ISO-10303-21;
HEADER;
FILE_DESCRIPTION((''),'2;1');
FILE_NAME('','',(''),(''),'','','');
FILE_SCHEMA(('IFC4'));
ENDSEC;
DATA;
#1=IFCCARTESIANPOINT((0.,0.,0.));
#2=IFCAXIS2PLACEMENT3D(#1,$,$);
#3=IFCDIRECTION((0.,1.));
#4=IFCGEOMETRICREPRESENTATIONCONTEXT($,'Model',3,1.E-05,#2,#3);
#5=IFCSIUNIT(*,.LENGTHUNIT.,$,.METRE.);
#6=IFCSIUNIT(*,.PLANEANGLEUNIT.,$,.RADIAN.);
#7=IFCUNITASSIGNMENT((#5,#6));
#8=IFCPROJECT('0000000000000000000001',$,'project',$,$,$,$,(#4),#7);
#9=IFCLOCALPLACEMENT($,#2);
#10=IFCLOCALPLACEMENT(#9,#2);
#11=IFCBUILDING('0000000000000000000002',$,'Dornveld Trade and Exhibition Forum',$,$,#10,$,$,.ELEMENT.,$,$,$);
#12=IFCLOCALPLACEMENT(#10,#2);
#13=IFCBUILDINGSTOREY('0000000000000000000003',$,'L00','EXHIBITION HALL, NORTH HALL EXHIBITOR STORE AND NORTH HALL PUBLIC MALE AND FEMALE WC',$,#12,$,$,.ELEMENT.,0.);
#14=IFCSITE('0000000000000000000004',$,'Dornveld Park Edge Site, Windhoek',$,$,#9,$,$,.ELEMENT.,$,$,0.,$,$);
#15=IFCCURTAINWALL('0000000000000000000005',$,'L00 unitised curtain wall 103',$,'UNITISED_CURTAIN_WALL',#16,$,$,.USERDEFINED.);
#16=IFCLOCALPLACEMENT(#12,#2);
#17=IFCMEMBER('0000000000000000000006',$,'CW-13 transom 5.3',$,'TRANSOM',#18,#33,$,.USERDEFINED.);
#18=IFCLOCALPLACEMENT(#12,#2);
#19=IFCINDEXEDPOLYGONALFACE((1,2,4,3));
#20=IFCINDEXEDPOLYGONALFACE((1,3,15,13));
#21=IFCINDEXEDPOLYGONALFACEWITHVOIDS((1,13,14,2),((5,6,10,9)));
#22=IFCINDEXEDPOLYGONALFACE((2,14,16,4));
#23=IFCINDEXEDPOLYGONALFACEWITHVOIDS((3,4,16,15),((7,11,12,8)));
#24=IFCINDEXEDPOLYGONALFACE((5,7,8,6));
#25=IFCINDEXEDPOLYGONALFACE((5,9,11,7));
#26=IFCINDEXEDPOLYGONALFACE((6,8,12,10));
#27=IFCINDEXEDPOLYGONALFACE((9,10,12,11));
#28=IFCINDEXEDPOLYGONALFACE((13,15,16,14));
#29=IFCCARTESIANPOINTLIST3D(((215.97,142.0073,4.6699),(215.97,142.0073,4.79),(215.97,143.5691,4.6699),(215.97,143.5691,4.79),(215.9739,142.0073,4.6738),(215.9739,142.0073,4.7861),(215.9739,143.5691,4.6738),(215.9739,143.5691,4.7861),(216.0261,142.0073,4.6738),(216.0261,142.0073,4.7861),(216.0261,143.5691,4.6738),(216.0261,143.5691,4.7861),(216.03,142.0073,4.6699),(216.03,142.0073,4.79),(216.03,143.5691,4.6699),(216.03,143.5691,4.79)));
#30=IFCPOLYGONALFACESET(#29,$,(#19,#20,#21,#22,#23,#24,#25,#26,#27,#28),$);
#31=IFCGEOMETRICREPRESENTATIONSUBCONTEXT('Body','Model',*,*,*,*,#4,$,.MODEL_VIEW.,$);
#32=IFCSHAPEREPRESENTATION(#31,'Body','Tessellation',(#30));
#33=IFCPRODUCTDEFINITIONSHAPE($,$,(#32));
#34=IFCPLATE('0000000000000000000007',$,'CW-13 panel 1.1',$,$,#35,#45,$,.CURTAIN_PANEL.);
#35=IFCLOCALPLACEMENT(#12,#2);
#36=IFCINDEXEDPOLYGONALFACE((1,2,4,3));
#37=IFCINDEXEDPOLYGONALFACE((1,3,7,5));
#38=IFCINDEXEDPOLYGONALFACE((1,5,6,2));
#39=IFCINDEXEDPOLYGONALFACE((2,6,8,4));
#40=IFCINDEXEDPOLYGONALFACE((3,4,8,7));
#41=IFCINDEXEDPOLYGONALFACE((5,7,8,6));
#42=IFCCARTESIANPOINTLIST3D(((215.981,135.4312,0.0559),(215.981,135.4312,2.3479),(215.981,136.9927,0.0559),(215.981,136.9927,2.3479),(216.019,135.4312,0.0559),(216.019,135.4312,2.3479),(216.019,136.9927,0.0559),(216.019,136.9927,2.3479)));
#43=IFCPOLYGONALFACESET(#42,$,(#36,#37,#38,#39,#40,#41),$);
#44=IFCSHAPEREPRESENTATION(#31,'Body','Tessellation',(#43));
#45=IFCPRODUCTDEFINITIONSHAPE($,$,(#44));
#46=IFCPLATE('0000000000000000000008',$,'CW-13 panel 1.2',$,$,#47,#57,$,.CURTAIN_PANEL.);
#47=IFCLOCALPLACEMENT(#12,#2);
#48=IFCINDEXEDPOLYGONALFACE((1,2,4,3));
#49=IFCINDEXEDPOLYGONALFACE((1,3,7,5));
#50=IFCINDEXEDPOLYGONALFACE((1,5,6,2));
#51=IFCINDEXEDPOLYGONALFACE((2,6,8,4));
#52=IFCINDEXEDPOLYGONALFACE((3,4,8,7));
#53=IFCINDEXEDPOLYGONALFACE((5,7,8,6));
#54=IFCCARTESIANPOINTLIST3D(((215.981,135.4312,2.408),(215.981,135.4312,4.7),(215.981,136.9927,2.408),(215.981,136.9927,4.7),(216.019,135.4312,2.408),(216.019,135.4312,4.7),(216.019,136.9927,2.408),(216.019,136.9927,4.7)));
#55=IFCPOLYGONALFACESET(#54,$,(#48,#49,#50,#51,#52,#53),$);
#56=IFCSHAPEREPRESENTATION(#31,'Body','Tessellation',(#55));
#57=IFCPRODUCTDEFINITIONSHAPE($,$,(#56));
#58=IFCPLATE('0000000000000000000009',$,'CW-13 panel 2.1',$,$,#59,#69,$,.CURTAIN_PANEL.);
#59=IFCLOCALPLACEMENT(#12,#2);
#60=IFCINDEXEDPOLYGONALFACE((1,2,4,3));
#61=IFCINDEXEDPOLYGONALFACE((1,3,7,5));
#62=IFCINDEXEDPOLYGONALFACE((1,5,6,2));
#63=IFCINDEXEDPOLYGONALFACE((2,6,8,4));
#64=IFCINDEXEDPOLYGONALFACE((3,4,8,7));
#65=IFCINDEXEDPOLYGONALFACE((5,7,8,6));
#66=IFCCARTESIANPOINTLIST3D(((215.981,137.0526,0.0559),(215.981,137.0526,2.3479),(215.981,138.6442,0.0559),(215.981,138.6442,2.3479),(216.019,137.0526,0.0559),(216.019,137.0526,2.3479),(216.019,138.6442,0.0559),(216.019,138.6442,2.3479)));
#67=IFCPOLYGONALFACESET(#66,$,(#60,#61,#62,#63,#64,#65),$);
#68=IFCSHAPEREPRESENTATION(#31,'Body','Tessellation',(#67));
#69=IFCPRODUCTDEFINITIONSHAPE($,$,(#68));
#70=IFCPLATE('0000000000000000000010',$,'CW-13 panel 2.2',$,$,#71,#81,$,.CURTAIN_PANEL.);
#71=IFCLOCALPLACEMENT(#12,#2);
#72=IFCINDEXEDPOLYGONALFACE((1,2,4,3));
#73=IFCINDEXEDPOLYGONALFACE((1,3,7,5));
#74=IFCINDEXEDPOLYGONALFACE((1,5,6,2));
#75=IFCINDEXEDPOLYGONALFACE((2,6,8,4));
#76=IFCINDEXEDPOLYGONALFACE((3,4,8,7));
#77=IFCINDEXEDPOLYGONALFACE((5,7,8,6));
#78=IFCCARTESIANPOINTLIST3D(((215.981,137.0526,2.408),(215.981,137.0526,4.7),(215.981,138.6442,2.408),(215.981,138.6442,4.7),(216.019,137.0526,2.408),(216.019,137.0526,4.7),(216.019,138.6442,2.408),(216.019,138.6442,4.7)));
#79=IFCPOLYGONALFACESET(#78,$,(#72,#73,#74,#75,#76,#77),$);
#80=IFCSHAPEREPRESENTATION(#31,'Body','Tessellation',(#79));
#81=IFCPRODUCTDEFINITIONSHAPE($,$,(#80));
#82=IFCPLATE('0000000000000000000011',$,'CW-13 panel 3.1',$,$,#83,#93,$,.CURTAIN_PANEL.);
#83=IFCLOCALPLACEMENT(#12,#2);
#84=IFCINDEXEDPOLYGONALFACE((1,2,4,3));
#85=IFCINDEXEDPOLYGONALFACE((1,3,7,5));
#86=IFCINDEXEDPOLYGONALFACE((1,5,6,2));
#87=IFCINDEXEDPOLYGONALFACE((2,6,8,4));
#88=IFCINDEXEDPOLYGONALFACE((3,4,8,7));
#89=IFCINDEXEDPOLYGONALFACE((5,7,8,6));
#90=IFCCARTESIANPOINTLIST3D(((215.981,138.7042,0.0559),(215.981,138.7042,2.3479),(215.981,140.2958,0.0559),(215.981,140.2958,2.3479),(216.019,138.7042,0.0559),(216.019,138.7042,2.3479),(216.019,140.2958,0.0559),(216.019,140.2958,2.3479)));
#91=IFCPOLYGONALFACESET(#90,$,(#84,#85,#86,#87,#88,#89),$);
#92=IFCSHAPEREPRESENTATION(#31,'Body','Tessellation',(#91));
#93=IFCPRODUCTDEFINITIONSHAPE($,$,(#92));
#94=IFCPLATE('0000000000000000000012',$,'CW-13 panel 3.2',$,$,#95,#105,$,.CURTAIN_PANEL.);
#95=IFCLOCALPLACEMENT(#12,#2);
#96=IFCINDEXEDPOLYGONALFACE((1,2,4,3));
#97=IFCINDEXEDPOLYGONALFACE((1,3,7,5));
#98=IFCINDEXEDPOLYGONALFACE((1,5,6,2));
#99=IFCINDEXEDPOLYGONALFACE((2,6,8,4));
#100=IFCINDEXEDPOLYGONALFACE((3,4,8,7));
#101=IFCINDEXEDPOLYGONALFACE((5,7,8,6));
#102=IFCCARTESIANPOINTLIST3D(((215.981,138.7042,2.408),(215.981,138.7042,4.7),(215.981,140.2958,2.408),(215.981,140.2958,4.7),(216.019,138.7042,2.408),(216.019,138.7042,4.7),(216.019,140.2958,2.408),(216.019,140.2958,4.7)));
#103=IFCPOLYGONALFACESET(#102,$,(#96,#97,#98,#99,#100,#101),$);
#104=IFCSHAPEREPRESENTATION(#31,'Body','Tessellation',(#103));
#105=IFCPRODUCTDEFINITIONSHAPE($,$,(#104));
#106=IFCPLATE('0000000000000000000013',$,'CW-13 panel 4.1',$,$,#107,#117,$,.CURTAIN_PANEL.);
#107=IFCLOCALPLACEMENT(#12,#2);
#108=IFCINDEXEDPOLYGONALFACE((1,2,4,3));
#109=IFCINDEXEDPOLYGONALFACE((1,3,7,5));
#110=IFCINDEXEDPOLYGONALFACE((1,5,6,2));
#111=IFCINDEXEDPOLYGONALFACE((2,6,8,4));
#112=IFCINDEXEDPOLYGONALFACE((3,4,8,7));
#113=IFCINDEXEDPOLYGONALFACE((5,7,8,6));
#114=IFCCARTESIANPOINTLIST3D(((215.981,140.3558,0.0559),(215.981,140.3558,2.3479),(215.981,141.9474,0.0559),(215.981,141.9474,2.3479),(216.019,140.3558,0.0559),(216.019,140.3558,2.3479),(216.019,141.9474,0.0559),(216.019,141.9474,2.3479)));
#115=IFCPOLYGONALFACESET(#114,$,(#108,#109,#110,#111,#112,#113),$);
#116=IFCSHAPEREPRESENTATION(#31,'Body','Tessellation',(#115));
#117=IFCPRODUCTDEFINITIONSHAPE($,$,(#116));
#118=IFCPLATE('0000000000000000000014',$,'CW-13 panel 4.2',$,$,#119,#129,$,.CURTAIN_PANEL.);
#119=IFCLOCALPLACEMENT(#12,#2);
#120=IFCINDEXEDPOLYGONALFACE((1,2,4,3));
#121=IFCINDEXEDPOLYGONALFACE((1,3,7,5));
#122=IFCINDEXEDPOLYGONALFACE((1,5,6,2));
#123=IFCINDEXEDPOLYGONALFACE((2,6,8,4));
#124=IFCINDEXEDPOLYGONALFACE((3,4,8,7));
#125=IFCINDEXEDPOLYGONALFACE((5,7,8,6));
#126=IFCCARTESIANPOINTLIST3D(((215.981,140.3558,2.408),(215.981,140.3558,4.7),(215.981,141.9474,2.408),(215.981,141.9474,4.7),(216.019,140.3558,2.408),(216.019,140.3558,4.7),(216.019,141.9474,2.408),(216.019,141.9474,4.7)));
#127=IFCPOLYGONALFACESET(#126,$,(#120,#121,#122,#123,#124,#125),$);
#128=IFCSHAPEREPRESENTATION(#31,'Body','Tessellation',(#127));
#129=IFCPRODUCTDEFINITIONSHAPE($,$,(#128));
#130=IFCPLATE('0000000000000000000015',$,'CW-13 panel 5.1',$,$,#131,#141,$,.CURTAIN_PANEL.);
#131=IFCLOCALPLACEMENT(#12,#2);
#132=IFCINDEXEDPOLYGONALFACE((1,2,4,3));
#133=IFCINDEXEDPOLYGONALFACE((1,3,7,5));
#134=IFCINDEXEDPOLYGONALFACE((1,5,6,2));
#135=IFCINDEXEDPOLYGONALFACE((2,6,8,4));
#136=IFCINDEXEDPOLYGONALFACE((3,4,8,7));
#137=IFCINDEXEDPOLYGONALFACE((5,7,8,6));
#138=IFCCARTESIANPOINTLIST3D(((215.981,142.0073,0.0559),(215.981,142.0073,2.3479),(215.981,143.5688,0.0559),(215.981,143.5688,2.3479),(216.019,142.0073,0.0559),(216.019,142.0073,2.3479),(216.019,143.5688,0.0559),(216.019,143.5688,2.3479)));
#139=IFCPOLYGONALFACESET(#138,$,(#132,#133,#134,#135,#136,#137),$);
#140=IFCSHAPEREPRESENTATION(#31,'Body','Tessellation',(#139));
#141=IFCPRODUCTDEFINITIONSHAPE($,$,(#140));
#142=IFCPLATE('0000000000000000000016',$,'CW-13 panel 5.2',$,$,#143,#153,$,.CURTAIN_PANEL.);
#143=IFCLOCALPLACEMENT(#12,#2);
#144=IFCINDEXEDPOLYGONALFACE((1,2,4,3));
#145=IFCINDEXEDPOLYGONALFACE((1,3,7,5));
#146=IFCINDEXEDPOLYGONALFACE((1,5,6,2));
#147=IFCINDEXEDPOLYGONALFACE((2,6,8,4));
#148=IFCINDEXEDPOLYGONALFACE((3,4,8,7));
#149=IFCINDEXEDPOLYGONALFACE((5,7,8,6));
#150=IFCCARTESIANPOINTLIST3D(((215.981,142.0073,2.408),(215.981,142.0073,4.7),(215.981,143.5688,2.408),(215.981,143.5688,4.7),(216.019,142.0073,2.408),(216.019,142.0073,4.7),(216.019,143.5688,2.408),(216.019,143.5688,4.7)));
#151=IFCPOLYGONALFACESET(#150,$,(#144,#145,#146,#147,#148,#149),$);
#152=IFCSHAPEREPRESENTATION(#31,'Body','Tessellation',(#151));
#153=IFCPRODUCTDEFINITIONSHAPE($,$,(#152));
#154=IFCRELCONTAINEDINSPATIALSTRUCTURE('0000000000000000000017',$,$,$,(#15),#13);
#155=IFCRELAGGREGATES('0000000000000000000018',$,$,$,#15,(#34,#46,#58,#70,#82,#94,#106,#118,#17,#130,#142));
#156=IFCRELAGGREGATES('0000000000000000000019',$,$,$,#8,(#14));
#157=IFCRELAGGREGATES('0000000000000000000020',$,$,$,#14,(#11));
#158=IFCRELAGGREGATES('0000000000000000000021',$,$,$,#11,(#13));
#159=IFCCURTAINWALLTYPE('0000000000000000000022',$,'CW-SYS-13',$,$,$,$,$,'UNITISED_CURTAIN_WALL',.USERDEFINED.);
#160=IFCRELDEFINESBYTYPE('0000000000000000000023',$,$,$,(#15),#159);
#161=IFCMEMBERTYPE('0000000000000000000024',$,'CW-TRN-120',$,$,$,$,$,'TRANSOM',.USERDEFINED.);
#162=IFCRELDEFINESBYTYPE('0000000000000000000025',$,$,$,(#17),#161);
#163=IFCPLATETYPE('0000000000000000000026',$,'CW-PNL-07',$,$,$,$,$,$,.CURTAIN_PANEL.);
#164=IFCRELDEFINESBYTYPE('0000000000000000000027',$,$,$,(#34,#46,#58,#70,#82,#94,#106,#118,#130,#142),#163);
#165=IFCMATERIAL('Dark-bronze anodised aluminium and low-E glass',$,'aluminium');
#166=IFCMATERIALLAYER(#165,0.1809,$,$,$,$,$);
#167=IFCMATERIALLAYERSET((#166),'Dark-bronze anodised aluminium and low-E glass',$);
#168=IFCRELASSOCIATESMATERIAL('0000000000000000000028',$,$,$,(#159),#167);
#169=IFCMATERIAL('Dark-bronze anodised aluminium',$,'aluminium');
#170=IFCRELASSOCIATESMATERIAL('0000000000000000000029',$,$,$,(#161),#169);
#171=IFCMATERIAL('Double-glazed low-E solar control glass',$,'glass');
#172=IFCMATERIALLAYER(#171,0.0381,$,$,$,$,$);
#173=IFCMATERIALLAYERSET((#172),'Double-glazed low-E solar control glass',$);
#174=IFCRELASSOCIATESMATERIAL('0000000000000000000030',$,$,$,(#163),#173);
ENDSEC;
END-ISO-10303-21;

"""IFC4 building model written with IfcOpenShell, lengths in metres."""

from ifc_helpers import new_model, si_unit, direction, frame, origin, origin_2d, place, context, subcontext, project, spatial, rectangle, hollow_rectangle, extrude, material, layer, layer_set, material_profile, profile_set, type_object, element, aggregate, save


model = new_model("IFC4")

# Units and contexts
model_context = context("Model", 3, precision=1e-05, world=origin(), true_north=direction((0.0, 1.0)))
body_context = subcontext(model_context, "Body", "Model", "MODEL_VIEW")
ifc_project = project(units=[si_unit("LENGTHUNIT", "METRE"), si_unit("PLANEANGLEUNIT", "RADIAN")], contexts=[model_context])

# Site, building, storey
site_placement = place(None, origin())
site = spatial("IfcSite", under=ifc_project, at=site_placement, Name="Dornveld Park Edge Site, Windhoek", CompositionType="ELEMENT", RefElevation=0.0)
building_placement = place(site_placement, origin())
building = spatial("IfcBuilding", under=site, at=building_placement, Name="Dornveld Trade and Exhibition Forum", CompositionType="ELEMENT")
storey_placement = place(building_placement, origin())
storey = spatial("IfcBuildingStorey", under=building, at=storey_placement, Name="L00", Description="EXHIBITION HALL, NORTH HALL EXHIBITOR STORE AND NORTH HALL PUBLIC MALE AND FEMALE WC", CompositionType="ELEMENT", Elevation=0.0)

# Curtain wall, member, plates
ifc_material_1 = material(Name="Dark-bronze anodised aluminium and low-E glass", Category="aluminium")
ifc_layer_1 = layer(ifc_material_1, 0.1809)
ifc_layer_set_1 = layer_set([ifc_layer_1], Name="Dark-bronze anodised aluminium and low-E glass")
curtain_wall_type = type_object("IfcCurtainWallType", Name="CW-SYS-13", ElementType="UNITISED_CURTAIN_WALL", PredefinedType="USERDEFINED", material=ifc_layer_set_1)
curtain_wall_placement = place(storey_placement, origin())
curtain_wall = element("IfcCurtainWall", 1, at=curtain_wall_placement, inside=storey, type_object=curtain_wall_type, Name="L00 unitised curtain wall 103", ObjectType="UNITISED_CURTAIN_WALL", PredefinedType="USERDEFINED")
ifc_material_2 = material(Name="Dark-bronze anodised aluminium", Category="aluminium")
ifc_material_profile_1 = material_profile(ifc_material_2, hollow_rectangle(XDim=0.0601, YDim=0.1201, WallThickness=0.0039, at=origin_2d()), Name="RHS 120x60x4")
ifc_profile_set_1 = profile_set([ifc_material_profile_1], Name="Dark-bronze anodised aluminium")
member_type_1 = type_object("IfcMemberType", Name="CW-TRN-120", ElementType="TRANSOM", PredefinedType="USERDEFINED", material=ifc_profile_set_1)
member_1_placement = place(storey_placement, frame((216.0, 142.0073, 4.73), z_axis=(0.0, 1.0, 0.0), x_axis=(-1.0, 0.0, 0.0)))
member_1 = element("IfcMember", 2, at=member_1_placement, type_object=member_type_1, Name="CW-13 transom 5.3", ObjectType="TRANSOM", PredefinedType="USERDEFINED", context=body_context, shape_type="SweptSolid", body=[
    extrude(hollow_rectangle(XDim=0.0601, YDim=0.1201, WallThickness=0.0039, at=origin_2d()), origin(), (0.0, 0.0, 1.0), 1.5618),
])
ifc_material_3 = material(Name="Double-glazed low-E solar control glass", Category="glass")
ifc_layer_2 = layer(ifc_material_3, 0.0381)
ifc_layer_set_2 = layer_set([ifc_layer_2], Name="Double-glazed low-E solar control glass")
plate_type = type_object("IfcPlateType", Name="CW-PNL-07", PredefinedType="CURTAIN_PANEL", material=ifc_layer_set_2)
plate_1_placement = place(storey_placement, frame((216.0, 136.2119, 0.0559), z_axis=(0.0, 0.0, 1.0), x_axis=(0.0, 1.0, 0.0)))
plate_1 = element("IfcPlate", 3, at=plate_1_placement, type_object=plate_type, Name="CW-13 panel 1.1", PredefinedType="CURTAIN_PANEL", context=body_context, shape_type="SweptSolid", body=[
    extrude(rectangle(XDim=1.5615, YDim=0.0381, at=origin_2d()), origin(), (0.0, 0.0, 1.0), 2.292),
])
plate_2_placement = place(storey_placement, frame((216.0, 136.2119, 2.408), z_axis=(0.0, 0.0, 1.0), x_axis=(0.0, 1.0, 0.0)))
plate_2 = element("IfcPlate", 4, at=plate_2_placement, type_object=plate_type, Name="CW-13 panel 1.2", PredefinedType="CURTAIN_PANEL", context=body_context, shape_type="SweptSolid", body=[
    extrude(rectangle(XDim=1.5615, YDim=0.0381, at=origin_2d()), origin(), (0.0, 0.0, 1.0), 2.292),
])
plate_3_placement = place(storey_placement, frame((216.0, 137.8484, 0.0559), z_axis=(0.0, 0.0, 1.0), x_axis=(0.0, 1.0, 0.0)))
plate_3 = element("IfcPlate", 5, at=plate_3_placement, type_object=plate_type, Name="CW-13 panel 2.1", PredefinedType="CURTAIN_PANEL", context=body_context, shape_type="SweptSolid", body=[
    extrude(rectangle(XDim=1.5916, YDim=0.0381, at=origin_2d()), origin(), (0.0, 0.0, 1.0), 2.292),
])
plate_4_placement = place(storey_placement, frame((216.0, 137.8484, 2.408), z_axis=(0.0, 0.0, 1.0), x_axis=(0.0, 1.0, 0.0)))
plate_4 = element("IfcPlate", 6, at=plate_4_placement, type_object=plate_type, Name="CW-13 panel 2.2", PredefinedType="CURTAIN_PANEL", context=body_context, shape_type="SweptSolid", body=[
    extrude(rectangle(XDim=1.5916, YDim=0.0381, at=origin_2d()), origin(), (0.0, 0.0, 1.0), 2.292),
])
plate_5_placement = place(storey_placement, frame((216.0, 139.5, 0.0559), z_axis=(0.0, 0.0, 1.0), x_axis=(0.0, 1.0, 0.0)))
plate_5 = element("IfcPlate", 7, at=plate_5_placement, type_object=plate_type, Name="CW-13 panel 3.1", PredefinedType="CURTAIN_PANEL", context=body_context, shape_type="SweptSolid", body=[
    extrude(rectangle(XDim=1.5916, YDim=0.0381, at=origin_2d()), origin(), (0.0, 0.0, 1.0), 2.292),
])
plate_6_placement = place(storey_placement, frame((216.0, 139.5, 2.408), z_axis=(0.0, 0.0, 1.0), x_axis=(0.0, 1.0, 0.0)))
plate_6 = element("IfcPlate", 8, at=plate_6_placement, type_object=plate_type, Name="CW-13 panel 3.2", PredefinedType="CURTAIN_PANEL", context=body_context, shape_type="SweptSolid", body=[
    extrude(rectangle(XDim=1.5916, YDim=0.0381, at=origin_2d()), origin(), (0.0, 0.0, 1.0), 2.292),
])
plate_7_placement = place(storey_placement, frame((216.0, 141.1516, 0.0559), z_axis=(0.0, 0.0, 1.0), x_axis=(0.0, 1.0, 0.0)))
plate_7 = element("IfcPlate", 9, at=plate_7_placement, type_object=plate_type, Name="CW-13 panel 4.1", PredefinedType="CURTAIN_PANEL", context=body_context, shape_type="SweptSolid", body=[
    extrude(rectangle(XDim=1.5916, YDim=0.0381, at=origin_2d()), origin(), (0.0, 0.0, 1.0), 2.292),
])
plate_8_placement = place(storey_placement, frame((216.0, 141.1516, 2.408), z_axis=(0.0, 0.0, 1.0), x_axis=(0.0, 1.0, 0.0)))
plate_8 = element("IfcPlate", 10, at=plate_8_placement, type_object=plate_type, Name="CW-13 panel 4.2", PredefinedType="CURTAIN_PANEL", context=body_context, shape_type="SweptSolid", body=[
    extrude(rectangle(XDim=1.5916, YDim=0.0381, at=origin_2d()), origin(), (0.0, 0.0, 1.0), 2.292),
])
plate_9_placement = place(storey_placement, frame((216.0, 142.7881, 0.0559), z_axis=(0.0, 0.0, 1.0), x_axis=(0.0, 1.0, 0.0)))
plate_9 = element("IfcPlate", 11, at=plate_9_placement, type_object=plate_type, Name="CW-13 panel 5.1", PredefinedType="CURTAIN_PANEL", context=body_context, shape_type="SweptSolid", body=[
    extrude(rectangle(XDim=1.5615, YDim=0.0381, at=origin_2d()), origin(), (0.0, 0.0, 1.0), 2.292),
])
plate_10_placement = place(storey_placement, frame((216.0, 142.7881, 2.408), z_axis=(0.0, 0.0, 1.0), x_axis=(0.0, 1.0, 0.0)))
plate_10 = element("IfcPlate", 12, at=plate_10_placement, type_object=plate_type, Name="CW-13 panel 5.2", PredefinedType="CURTAIN_PANEL", context=body_context, shape_type="SweptSolid", body=[
    extrude(rectangle(XDim=1.5615, YDim=0.0381, at=origin_2d()), origin(), (0.0, 0.0, 1.0), 2.292),
])
aggregate(curtain_wall, [plate_1, plate_2, plate_3, plate_4, plate_5, plate_6, plate_7, plate_8, member_1, plate_9, plate_10])

save(model, "model.ifc")
